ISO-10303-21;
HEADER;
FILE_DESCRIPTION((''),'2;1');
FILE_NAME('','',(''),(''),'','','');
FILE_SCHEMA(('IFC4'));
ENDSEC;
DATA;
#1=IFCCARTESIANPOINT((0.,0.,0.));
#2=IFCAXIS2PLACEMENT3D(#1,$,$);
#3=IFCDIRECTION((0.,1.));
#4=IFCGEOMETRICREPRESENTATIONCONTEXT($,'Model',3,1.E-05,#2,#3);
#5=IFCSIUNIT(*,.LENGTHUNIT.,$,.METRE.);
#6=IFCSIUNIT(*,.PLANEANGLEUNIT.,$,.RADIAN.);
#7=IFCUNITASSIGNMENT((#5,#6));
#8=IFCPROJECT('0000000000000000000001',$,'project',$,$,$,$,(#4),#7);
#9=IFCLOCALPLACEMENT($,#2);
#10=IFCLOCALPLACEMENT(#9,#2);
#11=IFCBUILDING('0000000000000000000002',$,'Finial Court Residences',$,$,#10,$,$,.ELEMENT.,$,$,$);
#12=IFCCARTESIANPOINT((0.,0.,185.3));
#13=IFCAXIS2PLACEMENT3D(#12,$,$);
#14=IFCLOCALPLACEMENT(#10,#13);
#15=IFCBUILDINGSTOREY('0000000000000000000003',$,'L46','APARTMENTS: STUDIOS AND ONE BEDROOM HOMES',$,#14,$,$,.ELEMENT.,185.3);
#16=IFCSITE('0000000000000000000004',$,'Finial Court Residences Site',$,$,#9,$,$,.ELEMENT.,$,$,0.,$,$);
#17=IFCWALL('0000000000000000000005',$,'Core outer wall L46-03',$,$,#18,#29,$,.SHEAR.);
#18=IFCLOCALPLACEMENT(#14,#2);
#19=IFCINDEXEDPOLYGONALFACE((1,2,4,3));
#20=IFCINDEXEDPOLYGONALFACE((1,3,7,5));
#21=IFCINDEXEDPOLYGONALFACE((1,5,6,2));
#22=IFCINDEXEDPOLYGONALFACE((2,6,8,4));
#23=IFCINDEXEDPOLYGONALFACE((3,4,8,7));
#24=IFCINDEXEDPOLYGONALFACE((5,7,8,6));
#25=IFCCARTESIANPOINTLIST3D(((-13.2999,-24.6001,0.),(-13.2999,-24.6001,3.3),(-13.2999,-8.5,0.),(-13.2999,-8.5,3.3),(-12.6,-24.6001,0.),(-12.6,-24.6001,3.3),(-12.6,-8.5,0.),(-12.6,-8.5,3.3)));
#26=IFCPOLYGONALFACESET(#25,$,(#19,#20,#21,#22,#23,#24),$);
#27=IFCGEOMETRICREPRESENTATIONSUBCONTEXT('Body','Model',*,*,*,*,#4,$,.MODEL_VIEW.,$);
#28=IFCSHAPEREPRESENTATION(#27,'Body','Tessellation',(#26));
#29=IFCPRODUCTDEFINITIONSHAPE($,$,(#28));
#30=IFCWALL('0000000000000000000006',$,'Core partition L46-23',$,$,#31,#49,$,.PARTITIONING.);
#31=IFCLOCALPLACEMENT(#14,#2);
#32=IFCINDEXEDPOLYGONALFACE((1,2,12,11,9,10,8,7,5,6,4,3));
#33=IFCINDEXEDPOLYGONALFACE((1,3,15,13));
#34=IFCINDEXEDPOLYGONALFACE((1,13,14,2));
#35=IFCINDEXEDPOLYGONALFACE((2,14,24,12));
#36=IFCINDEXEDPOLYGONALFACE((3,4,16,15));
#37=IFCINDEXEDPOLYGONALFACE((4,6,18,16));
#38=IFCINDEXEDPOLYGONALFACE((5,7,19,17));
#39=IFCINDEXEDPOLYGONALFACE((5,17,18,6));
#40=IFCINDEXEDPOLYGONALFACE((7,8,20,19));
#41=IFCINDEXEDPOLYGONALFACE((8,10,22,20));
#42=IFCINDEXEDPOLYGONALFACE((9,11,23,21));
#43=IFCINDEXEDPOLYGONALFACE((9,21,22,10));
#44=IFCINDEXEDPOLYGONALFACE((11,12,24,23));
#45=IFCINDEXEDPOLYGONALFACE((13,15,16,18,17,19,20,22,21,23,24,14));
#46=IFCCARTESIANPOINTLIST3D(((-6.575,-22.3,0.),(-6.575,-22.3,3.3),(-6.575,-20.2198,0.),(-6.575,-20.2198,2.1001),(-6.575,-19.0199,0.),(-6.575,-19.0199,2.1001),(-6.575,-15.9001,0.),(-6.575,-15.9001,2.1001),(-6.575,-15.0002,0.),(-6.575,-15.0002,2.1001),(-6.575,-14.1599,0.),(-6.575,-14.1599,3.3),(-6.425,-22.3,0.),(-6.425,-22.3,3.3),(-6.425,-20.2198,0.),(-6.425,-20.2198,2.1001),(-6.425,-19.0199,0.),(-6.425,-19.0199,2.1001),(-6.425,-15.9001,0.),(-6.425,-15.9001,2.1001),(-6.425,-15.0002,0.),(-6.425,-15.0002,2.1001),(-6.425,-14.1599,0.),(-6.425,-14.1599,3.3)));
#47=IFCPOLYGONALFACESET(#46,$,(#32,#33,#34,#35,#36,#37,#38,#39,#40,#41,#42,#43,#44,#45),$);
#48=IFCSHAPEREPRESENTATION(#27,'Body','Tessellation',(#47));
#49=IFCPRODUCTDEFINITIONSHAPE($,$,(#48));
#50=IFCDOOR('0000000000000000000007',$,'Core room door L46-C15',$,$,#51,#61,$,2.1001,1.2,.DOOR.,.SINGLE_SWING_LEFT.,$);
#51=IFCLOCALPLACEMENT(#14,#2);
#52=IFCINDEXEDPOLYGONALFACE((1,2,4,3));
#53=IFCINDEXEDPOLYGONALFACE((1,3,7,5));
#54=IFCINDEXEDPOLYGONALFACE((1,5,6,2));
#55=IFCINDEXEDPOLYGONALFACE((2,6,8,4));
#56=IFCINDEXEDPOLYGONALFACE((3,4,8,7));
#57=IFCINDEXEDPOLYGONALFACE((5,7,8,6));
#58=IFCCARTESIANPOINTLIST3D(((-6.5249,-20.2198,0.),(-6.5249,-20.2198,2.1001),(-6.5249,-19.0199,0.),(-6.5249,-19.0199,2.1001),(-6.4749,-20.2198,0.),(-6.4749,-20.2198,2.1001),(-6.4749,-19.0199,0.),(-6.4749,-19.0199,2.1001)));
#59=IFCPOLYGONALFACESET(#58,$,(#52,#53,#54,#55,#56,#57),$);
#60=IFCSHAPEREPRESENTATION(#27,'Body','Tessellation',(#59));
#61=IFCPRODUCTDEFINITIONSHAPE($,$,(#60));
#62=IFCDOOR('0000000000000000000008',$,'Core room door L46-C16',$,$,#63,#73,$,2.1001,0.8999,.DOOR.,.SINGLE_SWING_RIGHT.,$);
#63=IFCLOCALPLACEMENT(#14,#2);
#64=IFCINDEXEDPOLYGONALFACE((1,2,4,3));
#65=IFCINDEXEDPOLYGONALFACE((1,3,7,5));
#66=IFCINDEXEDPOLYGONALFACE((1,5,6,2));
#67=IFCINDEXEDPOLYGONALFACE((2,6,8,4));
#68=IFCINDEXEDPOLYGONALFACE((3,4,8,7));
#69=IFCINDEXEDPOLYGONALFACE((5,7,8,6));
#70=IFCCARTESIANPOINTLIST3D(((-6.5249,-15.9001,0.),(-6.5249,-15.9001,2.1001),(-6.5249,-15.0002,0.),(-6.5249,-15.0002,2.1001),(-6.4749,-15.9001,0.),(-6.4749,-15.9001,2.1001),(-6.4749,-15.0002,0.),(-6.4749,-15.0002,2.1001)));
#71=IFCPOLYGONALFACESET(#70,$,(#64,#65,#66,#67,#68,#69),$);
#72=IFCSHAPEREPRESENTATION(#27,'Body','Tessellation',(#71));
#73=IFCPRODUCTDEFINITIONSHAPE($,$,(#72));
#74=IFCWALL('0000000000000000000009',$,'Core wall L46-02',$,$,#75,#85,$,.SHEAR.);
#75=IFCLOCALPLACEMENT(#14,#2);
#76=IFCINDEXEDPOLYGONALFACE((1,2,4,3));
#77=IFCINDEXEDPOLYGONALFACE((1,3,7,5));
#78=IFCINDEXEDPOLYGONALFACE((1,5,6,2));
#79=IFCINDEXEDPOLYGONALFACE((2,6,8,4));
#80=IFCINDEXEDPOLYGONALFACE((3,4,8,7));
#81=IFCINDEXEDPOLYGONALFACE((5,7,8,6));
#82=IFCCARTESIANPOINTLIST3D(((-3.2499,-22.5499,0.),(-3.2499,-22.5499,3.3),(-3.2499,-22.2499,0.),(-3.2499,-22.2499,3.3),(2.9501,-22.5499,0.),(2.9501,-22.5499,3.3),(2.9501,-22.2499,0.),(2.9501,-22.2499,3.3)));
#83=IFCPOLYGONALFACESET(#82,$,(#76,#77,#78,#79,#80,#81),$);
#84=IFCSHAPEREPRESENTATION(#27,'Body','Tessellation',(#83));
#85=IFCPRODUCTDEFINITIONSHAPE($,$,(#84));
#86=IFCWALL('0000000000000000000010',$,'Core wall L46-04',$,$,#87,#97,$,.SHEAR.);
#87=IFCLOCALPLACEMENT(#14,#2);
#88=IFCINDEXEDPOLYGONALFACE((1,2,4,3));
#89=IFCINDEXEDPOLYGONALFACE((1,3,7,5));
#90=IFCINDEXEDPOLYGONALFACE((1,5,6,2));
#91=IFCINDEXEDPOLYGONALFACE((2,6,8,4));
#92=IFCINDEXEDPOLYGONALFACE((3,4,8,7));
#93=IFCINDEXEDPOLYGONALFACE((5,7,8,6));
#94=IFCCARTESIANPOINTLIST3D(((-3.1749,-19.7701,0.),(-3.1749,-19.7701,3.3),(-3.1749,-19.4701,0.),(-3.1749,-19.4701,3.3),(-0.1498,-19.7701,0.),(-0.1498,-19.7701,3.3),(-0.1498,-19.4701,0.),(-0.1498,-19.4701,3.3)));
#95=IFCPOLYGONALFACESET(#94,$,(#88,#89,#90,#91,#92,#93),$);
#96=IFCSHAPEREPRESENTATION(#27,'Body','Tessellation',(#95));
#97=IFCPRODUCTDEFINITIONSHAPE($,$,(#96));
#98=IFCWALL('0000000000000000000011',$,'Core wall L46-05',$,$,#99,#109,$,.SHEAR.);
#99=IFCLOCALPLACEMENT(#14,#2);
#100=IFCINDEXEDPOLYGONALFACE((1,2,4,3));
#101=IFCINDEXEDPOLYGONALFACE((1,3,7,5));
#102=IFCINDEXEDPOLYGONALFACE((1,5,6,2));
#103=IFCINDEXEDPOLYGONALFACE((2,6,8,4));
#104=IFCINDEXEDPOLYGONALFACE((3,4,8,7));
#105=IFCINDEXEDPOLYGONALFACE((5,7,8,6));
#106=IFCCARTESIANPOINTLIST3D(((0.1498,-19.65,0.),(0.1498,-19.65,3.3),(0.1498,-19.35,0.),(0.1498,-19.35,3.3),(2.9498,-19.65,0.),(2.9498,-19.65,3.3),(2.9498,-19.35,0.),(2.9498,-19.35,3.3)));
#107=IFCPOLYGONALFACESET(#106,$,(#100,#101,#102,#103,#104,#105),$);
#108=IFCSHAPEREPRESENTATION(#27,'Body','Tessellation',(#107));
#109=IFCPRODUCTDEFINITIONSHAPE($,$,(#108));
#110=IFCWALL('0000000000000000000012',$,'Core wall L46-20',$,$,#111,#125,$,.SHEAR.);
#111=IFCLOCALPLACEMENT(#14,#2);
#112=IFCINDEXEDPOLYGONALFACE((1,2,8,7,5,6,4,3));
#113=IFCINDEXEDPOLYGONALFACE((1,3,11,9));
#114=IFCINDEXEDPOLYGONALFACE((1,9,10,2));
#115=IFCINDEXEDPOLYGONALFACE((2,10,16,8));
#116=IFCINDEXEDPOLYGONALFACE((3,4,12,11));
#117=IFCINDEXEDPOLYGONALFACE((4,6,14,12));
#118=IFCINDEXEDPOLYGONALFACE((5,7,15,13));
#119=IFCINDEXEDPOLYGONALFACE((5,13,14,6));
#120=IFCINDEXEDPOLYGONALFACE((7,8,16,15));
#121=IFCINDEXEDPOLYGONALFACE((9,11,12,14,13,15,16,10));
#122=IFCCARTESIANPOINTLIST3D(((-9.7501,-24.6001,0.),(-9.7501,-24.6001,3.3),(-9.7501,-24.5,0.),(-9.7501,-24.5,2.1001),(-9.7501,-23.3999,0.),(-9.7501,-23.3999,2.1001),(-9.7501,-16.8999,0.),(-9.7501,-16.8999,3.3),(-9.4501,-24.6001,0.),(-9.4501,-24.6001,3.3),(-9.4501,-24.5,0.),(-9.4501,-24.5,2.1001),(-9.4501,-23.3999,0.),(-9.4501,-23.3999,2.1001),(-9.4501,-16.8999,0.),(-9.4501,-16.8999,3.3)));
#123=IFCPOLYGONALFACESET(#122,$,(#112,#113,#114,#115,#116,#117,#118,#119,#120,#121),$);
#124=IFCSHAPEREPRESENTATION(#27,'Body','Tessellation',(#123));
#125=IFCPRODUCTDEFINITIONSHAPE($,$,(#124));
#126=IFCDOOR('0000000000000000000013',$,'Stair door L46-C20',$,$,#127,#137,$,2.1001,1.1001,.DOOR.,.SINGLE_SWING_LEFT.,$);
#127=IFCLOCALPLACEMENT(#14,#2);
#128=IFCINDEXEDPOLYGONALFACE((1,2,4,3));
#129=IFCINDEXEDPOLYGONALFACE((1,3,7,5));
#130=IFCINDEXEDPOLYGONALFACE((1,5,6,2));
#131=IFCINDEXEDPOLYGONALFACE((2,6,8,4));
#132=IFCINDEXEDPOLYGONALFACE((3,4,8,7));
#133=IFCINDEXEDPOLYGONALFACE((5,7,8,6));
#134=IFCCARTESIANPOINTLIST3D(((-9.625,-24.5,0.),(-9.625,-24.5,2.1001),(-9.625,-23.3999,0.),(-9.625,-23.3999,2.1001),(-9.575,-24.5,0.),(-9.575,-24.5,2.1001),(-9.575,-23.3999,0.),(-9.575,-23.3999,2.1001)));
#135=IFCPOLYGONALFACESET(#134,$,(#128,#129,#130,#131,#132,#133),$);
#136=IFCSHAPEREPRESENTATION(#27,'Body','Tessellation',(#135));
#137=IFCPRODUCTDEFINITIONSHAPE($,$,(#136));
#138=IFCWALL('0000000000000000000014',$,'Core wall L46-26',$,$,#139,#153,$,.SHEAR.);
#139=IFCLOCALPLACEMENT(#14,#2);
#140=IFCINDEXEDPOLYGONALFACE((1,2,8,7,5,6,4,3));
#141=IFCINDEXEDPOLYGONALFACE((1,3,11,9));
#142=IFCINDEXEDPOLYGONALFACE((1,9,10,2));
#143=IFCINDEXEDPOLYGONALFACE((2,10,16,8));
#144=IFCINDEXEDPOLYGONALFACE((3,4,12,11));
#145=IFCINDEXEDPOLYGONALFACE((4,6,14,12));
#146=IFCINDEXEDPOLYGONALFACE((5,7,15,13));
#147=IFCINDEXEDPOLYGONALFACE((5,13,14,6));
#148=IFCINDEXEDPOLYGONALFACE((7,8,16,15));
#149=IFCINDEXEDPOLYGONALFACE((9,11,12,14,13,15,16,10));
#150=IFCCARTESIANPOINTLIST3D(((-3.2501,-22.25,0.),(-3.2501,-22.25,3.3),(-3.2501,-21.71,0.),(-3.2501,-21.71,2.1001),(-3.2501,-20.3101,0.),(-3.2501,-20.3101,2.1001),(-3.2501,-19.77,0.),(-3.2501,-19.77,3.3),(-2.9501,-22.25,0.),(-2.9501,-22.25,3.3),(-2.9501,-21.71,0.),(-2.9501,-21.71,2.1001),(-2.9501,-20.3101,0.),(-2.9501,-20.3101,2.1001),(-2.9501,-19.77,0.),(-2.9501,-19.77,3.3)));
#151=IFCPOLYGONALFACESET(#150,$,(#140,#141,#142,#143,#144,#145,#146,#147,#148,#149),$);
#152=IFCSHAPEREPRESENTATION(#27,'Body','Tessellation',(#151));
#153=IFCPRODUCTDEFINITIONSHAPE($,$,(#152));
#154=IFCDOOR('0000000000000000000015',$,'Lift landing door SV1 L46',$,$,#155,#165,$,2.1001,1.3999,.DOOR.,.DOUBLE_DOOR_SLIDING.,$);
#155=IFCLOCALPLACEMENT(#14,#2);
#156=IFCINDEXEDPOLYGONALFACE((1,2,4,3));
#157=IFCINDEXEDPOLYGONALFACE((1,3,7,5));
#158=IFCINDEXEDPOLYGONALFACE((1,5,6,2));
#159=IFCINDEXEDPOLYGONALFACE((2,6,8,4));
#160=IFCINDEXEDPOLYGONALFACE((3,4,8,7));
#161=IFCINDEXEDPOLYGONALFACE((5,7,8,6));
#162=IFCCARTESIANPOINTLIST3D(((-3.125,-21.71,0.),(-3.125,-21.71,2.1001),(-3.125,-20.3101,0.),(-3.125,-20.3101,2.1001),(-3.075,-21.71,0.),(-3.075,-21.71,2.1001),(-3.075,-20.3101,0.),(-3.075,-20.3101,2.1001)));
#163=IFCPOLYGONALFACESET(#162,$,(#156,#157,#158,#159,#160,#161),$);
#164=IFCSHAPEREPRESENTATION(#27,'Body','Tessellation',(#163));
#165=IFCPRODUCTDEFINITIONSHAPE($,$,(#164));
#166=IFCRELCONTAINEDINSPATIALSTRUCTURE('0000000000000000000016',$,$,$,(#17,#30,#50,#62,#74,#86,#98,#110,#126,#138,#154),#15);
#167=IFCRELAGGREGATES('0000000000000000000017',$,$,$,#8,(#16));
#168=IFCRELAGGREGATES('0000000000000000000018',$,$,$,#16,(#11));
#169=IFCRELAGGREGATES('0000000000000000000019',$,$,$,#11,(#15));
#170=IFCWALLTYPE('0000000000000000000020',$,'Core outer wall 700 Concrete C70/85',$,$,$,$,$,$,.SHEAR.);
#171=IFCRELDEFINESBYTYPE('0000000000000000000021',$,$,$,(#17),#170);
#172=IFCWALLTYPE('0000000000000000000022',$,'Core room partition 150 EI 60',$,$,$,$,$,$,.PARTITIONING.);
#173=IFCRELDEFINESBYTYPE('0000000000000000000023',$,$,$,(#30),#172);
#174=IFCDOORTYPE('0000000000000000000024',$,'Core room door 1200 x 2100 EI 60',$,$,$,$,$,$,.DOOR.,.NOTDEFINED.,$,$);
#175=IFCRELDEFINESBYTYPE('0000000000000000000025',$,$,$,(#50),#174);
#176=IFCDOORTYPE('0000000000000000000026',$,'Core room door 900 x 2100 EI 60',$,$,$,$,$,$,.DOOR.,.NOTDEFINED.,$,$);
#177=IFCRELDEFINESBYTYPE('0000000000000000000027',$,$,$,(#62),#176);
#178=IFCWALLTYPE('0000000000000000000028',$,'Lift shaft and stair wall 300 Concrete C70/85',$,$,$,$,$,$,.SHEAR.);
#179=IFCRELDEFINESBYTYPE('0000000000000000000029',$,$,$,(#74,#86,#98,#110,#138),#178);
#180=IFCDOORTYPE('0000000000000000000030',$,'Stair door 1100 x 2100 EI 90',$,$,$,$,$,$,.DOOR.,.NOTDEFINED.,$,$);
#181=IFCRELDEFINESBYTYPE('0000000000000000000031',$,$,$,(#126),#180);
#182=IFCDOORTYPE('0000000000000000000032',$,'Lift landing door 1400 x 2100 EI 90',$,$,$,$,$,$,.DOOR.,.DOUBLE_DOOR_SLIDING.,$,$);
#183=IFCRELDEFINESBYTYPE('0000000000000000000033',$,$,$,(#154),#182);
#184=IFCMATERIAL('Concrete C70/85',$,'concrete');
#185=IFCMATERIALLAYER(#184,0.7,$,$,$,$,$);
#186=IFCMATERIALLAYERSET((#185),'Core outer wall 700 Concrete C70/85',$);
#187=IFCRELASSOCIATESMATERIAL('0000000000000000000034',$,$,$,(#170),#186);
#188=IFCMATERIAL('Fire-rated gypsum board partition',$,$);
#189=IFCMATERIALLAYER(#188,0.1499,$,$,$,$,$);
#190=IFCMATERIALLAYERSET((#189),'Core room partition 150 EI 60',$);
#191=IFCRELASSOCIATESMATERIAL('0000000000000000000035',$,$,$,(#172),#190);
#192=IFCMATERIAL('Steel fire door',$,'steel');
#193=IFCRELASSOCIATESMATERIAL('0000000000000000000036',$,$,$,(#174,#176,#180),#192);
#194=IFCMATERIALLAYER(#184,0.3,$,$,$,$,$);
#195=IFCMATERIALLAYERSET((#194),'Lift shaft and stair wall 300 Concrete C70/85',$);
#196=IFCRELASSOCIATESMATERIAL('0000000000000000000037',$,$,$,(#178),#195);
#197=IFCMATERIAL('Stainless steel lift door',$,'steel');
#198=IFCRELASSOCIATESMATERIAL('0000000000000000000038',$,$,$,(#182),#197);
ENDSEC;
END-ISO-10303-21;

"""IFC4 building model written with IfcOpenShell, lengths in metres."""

from ifc_helpers import new_model, si_unit, direction, frame, frame_2d, origin, place, context, subcontext, project, spatial, rectangle, extrude, material, layer, layer_set, type_object, element, fill, save


model = new_model("IFC4")

# Units and contexts
model_context = context("Model", 3, precision=1e-05, world=origin(), true_north=direction((0.0, 1.0)))
body_context = subcontext(model_context, "Body", "Model", "MODEL_VIEW")
ifc_project = project(units=[si_unit("LENGTHUNIT", "METRE"), si_unit("PLANEANGLEUNIT", "RADIAN")], contexts=[model_context])

# Site, building, storey
site_placement = place(None, origin())
site = spatial("IfcSite", under=ifc_project, at=site_placement, Name="Finial Court Residences Site", CompositionType="ELEMENT", RefElevation=0.0)
building_placement = place(site_placement, origin())
building = spatial("IfcBuilding", under=site, at=building_placement, Name="Finial Court Residences", CompositionType="ELEMENT")
storey_placement = place(building_placement, frame((0.0, 0.0, 185.3)))
storey = spatial("IfcBuildingStorey", under=building, at=storey_placement, Name="L46", Description="APARTMENTS: STUDIOS AND ONE BEDROOM HOMES", CompositionType="ELEMENT", Elevation=185.3)

# Wall
ifc_material_1 = material(Name="Concrete C70/85", Category="concrete")
ifc_layer_1 = layer(ifc_material_1, 0.7)
ifc_layer_set_1 = layer_set([ifc_layer_1], Name="Core outer wall 700 Concrete C70/85")
wall_type_1 = type_object("IfcWallType", Name="Core outer wall 700 Concrete C70/85", PredefinedType="SHEAR", material=ifc_layer_set_1)
wall_1_placement = place(storey_placement, frame((-12.95, -24.6001, 0.0), z_axis=(0.0, 0.0, 1.0), x_axis=(0.0, 1.0, 0.0)))
element("IfcWall", 1, at=wall_1_placement, inside=storey, type_object=wall_type_1, Name="Core outer wall L46-03", PredefinedType="SHEAR", context=body_context, shape_type="SweptSolid", body=[
    extrude(rectangle(XDim=16.1001, YDim=0.7, at=frame_2d((8.05, 0.0))), origin(), (0.0, 0.0, 1.0), 3.3),
])

# Wall, openings, doors
ifc_material_2 = material(Name="Fire-rated gypsum board partition")
ifc_layer_2 = layer(ifc_material_2, 0.1499)
ifc_layer_set_2 = layer_set([ifc_layer_2], Name="Core room partition 150 EI 60")
wall_type_2 = type_object("IfcWallType", Name="Core room partition 150 EI 60", PredefinedType="PARTITIONING", material=ifc_layer_set_2)
wall_2_placement = place(storey_placement, frame((-6.5, -22.3, 0.0), z_axis=(0.0, 0.0, 1.0), x_axis=(0.0, 1.0, 0.0)))
wall_2 = element("IfcWall", 2, at=wall_2_placement, inside=storey, type_object=wall_type_2, Name="Core partition L46-23", PredefinedType="PARTITIONING", context=body_context, shape_type="SweptSolid", body=[
    extrude(rectangle(XDim=8.1401, YDim=0.1499, at=frame_2d((4.0701, 0.0))), origin(), (0.0, 0.0, 1.0), 3.3),
])
opening_1_placement = place(wall_2_placement, frame((2.0801, 0.0, 0.0)))
opening_1 = element("IfcOpeningElement", 3, at=opening_1_placement, cuts=wall_2, PredefinedType="OPENING", context=body_context, shape_type="SweptSolid", body=[
    extrude(rectangle(XDim=1.2, YDim=2.1001, at=frame_2d((0.6001, 1.05))), frame((0.0, 0.085, 0.0), z_axis=(0.0, -1.0, 0.0), x_axis=(1.0, 0.0, 0.0)), (0.0, 0.0, 1.0), 0.1699),
])
opening_2_placement = place(wall_2_placement, frame((6.3999, 0.0, 0.0)))
opening_2 = element("IfcOpeningElement", 4, at=opening_2_placement, cuts=wall_2, PredefinedType="OPENING", context=body_context, shape_type="SweptSolid", body=[
    extrude(rectangle(XDim=0.8999, YDim=2.1001, at=frame_2d((0.45, 1.05))), frame((0.0, 0.085, 0.0), z_axis=(0.0, -1.0, 0.0), x_axis=(1.0, 0.0, 0.0)), (0.0, 0.0, 1.0), 0.1699),
])
ifc_material_3 = material(Name="Steel fire door", Category="steel")
door_type_1 = type_object("IfcDoorType", Name="Core room door 1200 x 2100 EI 60", OperationType="NOTDEFINED", PredefinedType="DOOR", material=ifc_material_3)
door_1_placement = place(opening_1_placement, origin())
door_1 = element("IfcDoor", 5, at=door_1_placement, inside=storey, type_object=door_type_1, Name="Core room door L46-C15", OperationType="SINGLE_SWING_LEFT", OverallHeight=2.1001, OverallWidth=1.2, PredefinedType="DOOR", context=body_context, shape_type="SweptSolid", body=[
    extrude(rectangle(XDim=1.2, YDim=2.1001, at=frame_2d((0.6001, 1.05))), frame((0.0, 0.0249, 0.0), z_axis=(0.0, -1.0, 0.0), x_axis=(1.0, 0.0, 0.0)), (0.0, 0.0, 1.0), 0.05),
])
fill(opening_1, door_1)
door_type_2 = type_object("IfcDoorType", Name="Core room door 900 x 2100 EI 60", OperationType="NOTDEFINED", PredefinedType="DOOR", material=ifc_material_3)
door_2_placement = place(opening_2_placement, origin())
door_2 = element("IfcDoor", 6, at=door_2_placement, inside=storey, type_object=door_type_2, Name="Core room door L46-C16", OperationType="SINGLE_SWING_RIGHT", OverallHeight=2.1001, OverallWidth=0.8999, PredefinedType="DOOR", context=body_context, shape_type="SweptSolid", body=[
    extrude(rectangle(XDim=0.8999, YDim=2.1001, at=frame_2d((0.45, 1.05))), frame((0.0, 0.0249, 0.0), z_axis=(0.0, -1.0, 0.0), x_axis=(1.0, 0.0, 0.0)), (0.0, 0.0, 1.0), 0.05),
])
fill(opening_2, door_2)

# Walls
ifc_layer_3 = layer(ifc_material_1, 0.3)
ifc_layer_set_3 = layer_set([ifc_layer_3], Name="Lift shaft and stair wall 300 Concrete C70/85")
wall_type_3 = type_object("IfcWallType", Name="Lift shaft and stair wall 300 Concrete C70/85", PredefinedType="SHEAR", material=ifc_layer_set_3)
wall_3_placement = place(storey_placement, frame((-3.25, -22.3999, 0.0), z_axis=(0.0, 0.0, 1.0), x_axis=(1.0, 0.0, 0.0)))
element("IfcWall", 7, at=wall_3_placement, inside=storey, type_object=wall_type_3, Name="Core wall L46-02", PredefinedType="SHEAR", context=body_context, shape_type="SweptSolid", body=[
    extrude(rectangle(XDim=6.2, YDim=0.3, at=frame_2d((3.1001, 0.0))), origin(), (0.0, 0.0, 1.0), 3.3),
])
wall_4_placement = place(storey_placement, frame((-3.175, -19.6201, 0.0), z_axis=(0.0, 0.0, 1.0), x_axis=(1.0, 0.0, 0.0)))
element("IfcWall", 8, at=wall_4_placement, inside=storey, type_object=wall_type_3, Name="Core wall L46-04", PredefinedType="SHEAR", context=body_context, shape_type="SweptSolid", body=[
    extrude(rectangle(XDim=3.0251, YDim=0.3, at=frame_2d((1.5127, 0.0))), origin(), (0.0, 0.0, 1.0), 3.3),
])
wall_5_placement = place(storey_placement, frame((0.1499, -19.5, 0.0), z_axis=(0.0, 0.0, 1.0), x_axis=(1.0, 0.0, 0.0)))
element("IfcWall", 9, at=wall_5_placement, inside=storey, type_object=wall_type_3, Name="Core wall L46-05", PredefinedType="SHEAR", context=body_context, shape_type="SweptSolid", body=[
    extrude(rectangle(XDim=2.8, YDim=0.3, at=frame_2d((1.3999, 0.0))), origin(), (0.0, 0.0, 1.0), 3.3),
])

# Walls, openings, doors
wall_6_placement = place(storey_placement, frame((-9.6001, -24.6001, 0.0), z_axis=(0.0, 0.0, 1.0), x_axis=(0.0, 1.0, 0.0)))
wall_6 = element("IfcWall", 10, at=wall_6_placement, inside=storey, type_object=wall_type_3, Name="Core wall L46-20", PredefinedType="SHEAR", context=body_context, shape_type="SweptSolid", body=[
    extrude(rectangle(XDim=7.7002, YDim=0.3, at=frame_2d((3.8501, 0.0))), origin(), (0.0, 0.0, 1.0), 3.3),
])
opening_3_placement = place(wall_6_placement, frame((0.1001, 0.0, 0.0)))
opening_3 = element("IfcOpeningElement", 11, at=opening_3_placement, cuts=wall_6, PredefinedType="OPENING", context=body_context, shape_type="SweptSolid", body=[
    extrude(rectangle(XDim=1.1001, YDim=2.1001, at=frame_2d((0.55, 1.05))), frame((0.0, 0.1599, 0.0), z_axis=(0.0, -1.0, 0.0), x_axis=(1.0, 0.0, 0.0)), (0.0, 0.0, 1.0), 0.3201),
])
door_type_3 = type_object("IfcDoorType", Name="Stair door 1100 x 2100 EI 90", OperationType="NOTDEFINED", PredefinedType="DOOR", material=ifc_material_3)
door_3_placement = place(opening_3_placement, origin())
door_3 = element("IfcDoor", 12, at=door_3_placement, inside=storey, type_object=door_type_3, Name="Stair door L46-C20", OperationType="SINGLE_SWING_LEFT", OverallHeight=2.1001, OverallWidth=1.1001, PredefinedType="DOOR", context=body_context, shape_type="SweptSolid", body=[
    extrude(rectangle(XDim=1.1001, YDim=2.1001, at=frame_2d((0.55, 1.05))), frame((0.0, 0.0249, 0.0), z_axis=(0.0, -1.0, 0.0), x_axis=(1.0, 0.0, 0.0)), (0.0, 0.0, 1.0), 0.05),
])
fill(opening_3, door_3)
wall_7_placement = place(storey_placement, frame((-3.1001, -22.25, 0.0), z_axis=(0.0, 0.0, 1.0), x_axis=(0.0, 1.0, 0.0)))
wall_7 = element("IfcWall", 13, at=wall_7_placement, inside=storey, type_object=wall_type_3, Name="Core wall L46-26", PredefinedType="SHEAR", context=body_context, shape_type="SweptSolid", body=[
    extrude(rectangle(XDim=2.48, YDim=0.3, at=frame_2d((1.24, 0.0))), origin(), (0.0, 0.0, 1.0), 3.3),
])
opening_4_placement = place(wall_7_placement, frame((0.54, 0.0, 0.0)))
opening_4 = element("IfcOpeningElement", 14, at=opening_4_placement, cuts=wall_7, PredefinedType="OPENING", context=body_context, shape_type="SweptSolid", body=[
    extrude(rectangle(XDim=1.3999, YDim=2.1001, at=frame_2d((0.7, 1.05))), frame((0.0, 0.1599, 0.0), z_axis=(0.0, -1.0, 0.0), x_axis=(1.0, 0.0, 0.0)), (0.0, 0.0, 1.0), 0.3201),
])
ifc_material_4 = material(Name="Stainless steel lift door", Category="steel")
door_type_4 = type_object("IfcDoorType", Name="Lift landing door 1400 x 2100 EI 90", OperationType="DOUBLE_DOOR_SLIDING", PredefinedType="DOOR", material=ifc_material_4)
door_4_placement = place(opening_4_placement, origin())
door_4 = element("IfcDoor", 15, at=door_4_placement, inside=storey, type_object=door_type_4, Name="Lift landing door SV1 L46", OperationType="DOUBLE_DOOR_SLIDING", OverallHeight=2.1001, OverallWidth=1.3999, PredefinedType="DOOR", context=body_context, shape_type="SweptSolid", body=[
    extrude(rectangle(XDim=1.3999, YDim=2.1001, at=frame_2d((0.7, 1.05))), frame((0.0, 0.0249, 0.0), z_axis=(0.0, -1.0, 0.0), x_axis=(1.0, 0.0, 0.0)), (0.0, 0.0, 1.0), 0.05),
])
fill(opening_4, door_4)

save(model, "model.ifc")
